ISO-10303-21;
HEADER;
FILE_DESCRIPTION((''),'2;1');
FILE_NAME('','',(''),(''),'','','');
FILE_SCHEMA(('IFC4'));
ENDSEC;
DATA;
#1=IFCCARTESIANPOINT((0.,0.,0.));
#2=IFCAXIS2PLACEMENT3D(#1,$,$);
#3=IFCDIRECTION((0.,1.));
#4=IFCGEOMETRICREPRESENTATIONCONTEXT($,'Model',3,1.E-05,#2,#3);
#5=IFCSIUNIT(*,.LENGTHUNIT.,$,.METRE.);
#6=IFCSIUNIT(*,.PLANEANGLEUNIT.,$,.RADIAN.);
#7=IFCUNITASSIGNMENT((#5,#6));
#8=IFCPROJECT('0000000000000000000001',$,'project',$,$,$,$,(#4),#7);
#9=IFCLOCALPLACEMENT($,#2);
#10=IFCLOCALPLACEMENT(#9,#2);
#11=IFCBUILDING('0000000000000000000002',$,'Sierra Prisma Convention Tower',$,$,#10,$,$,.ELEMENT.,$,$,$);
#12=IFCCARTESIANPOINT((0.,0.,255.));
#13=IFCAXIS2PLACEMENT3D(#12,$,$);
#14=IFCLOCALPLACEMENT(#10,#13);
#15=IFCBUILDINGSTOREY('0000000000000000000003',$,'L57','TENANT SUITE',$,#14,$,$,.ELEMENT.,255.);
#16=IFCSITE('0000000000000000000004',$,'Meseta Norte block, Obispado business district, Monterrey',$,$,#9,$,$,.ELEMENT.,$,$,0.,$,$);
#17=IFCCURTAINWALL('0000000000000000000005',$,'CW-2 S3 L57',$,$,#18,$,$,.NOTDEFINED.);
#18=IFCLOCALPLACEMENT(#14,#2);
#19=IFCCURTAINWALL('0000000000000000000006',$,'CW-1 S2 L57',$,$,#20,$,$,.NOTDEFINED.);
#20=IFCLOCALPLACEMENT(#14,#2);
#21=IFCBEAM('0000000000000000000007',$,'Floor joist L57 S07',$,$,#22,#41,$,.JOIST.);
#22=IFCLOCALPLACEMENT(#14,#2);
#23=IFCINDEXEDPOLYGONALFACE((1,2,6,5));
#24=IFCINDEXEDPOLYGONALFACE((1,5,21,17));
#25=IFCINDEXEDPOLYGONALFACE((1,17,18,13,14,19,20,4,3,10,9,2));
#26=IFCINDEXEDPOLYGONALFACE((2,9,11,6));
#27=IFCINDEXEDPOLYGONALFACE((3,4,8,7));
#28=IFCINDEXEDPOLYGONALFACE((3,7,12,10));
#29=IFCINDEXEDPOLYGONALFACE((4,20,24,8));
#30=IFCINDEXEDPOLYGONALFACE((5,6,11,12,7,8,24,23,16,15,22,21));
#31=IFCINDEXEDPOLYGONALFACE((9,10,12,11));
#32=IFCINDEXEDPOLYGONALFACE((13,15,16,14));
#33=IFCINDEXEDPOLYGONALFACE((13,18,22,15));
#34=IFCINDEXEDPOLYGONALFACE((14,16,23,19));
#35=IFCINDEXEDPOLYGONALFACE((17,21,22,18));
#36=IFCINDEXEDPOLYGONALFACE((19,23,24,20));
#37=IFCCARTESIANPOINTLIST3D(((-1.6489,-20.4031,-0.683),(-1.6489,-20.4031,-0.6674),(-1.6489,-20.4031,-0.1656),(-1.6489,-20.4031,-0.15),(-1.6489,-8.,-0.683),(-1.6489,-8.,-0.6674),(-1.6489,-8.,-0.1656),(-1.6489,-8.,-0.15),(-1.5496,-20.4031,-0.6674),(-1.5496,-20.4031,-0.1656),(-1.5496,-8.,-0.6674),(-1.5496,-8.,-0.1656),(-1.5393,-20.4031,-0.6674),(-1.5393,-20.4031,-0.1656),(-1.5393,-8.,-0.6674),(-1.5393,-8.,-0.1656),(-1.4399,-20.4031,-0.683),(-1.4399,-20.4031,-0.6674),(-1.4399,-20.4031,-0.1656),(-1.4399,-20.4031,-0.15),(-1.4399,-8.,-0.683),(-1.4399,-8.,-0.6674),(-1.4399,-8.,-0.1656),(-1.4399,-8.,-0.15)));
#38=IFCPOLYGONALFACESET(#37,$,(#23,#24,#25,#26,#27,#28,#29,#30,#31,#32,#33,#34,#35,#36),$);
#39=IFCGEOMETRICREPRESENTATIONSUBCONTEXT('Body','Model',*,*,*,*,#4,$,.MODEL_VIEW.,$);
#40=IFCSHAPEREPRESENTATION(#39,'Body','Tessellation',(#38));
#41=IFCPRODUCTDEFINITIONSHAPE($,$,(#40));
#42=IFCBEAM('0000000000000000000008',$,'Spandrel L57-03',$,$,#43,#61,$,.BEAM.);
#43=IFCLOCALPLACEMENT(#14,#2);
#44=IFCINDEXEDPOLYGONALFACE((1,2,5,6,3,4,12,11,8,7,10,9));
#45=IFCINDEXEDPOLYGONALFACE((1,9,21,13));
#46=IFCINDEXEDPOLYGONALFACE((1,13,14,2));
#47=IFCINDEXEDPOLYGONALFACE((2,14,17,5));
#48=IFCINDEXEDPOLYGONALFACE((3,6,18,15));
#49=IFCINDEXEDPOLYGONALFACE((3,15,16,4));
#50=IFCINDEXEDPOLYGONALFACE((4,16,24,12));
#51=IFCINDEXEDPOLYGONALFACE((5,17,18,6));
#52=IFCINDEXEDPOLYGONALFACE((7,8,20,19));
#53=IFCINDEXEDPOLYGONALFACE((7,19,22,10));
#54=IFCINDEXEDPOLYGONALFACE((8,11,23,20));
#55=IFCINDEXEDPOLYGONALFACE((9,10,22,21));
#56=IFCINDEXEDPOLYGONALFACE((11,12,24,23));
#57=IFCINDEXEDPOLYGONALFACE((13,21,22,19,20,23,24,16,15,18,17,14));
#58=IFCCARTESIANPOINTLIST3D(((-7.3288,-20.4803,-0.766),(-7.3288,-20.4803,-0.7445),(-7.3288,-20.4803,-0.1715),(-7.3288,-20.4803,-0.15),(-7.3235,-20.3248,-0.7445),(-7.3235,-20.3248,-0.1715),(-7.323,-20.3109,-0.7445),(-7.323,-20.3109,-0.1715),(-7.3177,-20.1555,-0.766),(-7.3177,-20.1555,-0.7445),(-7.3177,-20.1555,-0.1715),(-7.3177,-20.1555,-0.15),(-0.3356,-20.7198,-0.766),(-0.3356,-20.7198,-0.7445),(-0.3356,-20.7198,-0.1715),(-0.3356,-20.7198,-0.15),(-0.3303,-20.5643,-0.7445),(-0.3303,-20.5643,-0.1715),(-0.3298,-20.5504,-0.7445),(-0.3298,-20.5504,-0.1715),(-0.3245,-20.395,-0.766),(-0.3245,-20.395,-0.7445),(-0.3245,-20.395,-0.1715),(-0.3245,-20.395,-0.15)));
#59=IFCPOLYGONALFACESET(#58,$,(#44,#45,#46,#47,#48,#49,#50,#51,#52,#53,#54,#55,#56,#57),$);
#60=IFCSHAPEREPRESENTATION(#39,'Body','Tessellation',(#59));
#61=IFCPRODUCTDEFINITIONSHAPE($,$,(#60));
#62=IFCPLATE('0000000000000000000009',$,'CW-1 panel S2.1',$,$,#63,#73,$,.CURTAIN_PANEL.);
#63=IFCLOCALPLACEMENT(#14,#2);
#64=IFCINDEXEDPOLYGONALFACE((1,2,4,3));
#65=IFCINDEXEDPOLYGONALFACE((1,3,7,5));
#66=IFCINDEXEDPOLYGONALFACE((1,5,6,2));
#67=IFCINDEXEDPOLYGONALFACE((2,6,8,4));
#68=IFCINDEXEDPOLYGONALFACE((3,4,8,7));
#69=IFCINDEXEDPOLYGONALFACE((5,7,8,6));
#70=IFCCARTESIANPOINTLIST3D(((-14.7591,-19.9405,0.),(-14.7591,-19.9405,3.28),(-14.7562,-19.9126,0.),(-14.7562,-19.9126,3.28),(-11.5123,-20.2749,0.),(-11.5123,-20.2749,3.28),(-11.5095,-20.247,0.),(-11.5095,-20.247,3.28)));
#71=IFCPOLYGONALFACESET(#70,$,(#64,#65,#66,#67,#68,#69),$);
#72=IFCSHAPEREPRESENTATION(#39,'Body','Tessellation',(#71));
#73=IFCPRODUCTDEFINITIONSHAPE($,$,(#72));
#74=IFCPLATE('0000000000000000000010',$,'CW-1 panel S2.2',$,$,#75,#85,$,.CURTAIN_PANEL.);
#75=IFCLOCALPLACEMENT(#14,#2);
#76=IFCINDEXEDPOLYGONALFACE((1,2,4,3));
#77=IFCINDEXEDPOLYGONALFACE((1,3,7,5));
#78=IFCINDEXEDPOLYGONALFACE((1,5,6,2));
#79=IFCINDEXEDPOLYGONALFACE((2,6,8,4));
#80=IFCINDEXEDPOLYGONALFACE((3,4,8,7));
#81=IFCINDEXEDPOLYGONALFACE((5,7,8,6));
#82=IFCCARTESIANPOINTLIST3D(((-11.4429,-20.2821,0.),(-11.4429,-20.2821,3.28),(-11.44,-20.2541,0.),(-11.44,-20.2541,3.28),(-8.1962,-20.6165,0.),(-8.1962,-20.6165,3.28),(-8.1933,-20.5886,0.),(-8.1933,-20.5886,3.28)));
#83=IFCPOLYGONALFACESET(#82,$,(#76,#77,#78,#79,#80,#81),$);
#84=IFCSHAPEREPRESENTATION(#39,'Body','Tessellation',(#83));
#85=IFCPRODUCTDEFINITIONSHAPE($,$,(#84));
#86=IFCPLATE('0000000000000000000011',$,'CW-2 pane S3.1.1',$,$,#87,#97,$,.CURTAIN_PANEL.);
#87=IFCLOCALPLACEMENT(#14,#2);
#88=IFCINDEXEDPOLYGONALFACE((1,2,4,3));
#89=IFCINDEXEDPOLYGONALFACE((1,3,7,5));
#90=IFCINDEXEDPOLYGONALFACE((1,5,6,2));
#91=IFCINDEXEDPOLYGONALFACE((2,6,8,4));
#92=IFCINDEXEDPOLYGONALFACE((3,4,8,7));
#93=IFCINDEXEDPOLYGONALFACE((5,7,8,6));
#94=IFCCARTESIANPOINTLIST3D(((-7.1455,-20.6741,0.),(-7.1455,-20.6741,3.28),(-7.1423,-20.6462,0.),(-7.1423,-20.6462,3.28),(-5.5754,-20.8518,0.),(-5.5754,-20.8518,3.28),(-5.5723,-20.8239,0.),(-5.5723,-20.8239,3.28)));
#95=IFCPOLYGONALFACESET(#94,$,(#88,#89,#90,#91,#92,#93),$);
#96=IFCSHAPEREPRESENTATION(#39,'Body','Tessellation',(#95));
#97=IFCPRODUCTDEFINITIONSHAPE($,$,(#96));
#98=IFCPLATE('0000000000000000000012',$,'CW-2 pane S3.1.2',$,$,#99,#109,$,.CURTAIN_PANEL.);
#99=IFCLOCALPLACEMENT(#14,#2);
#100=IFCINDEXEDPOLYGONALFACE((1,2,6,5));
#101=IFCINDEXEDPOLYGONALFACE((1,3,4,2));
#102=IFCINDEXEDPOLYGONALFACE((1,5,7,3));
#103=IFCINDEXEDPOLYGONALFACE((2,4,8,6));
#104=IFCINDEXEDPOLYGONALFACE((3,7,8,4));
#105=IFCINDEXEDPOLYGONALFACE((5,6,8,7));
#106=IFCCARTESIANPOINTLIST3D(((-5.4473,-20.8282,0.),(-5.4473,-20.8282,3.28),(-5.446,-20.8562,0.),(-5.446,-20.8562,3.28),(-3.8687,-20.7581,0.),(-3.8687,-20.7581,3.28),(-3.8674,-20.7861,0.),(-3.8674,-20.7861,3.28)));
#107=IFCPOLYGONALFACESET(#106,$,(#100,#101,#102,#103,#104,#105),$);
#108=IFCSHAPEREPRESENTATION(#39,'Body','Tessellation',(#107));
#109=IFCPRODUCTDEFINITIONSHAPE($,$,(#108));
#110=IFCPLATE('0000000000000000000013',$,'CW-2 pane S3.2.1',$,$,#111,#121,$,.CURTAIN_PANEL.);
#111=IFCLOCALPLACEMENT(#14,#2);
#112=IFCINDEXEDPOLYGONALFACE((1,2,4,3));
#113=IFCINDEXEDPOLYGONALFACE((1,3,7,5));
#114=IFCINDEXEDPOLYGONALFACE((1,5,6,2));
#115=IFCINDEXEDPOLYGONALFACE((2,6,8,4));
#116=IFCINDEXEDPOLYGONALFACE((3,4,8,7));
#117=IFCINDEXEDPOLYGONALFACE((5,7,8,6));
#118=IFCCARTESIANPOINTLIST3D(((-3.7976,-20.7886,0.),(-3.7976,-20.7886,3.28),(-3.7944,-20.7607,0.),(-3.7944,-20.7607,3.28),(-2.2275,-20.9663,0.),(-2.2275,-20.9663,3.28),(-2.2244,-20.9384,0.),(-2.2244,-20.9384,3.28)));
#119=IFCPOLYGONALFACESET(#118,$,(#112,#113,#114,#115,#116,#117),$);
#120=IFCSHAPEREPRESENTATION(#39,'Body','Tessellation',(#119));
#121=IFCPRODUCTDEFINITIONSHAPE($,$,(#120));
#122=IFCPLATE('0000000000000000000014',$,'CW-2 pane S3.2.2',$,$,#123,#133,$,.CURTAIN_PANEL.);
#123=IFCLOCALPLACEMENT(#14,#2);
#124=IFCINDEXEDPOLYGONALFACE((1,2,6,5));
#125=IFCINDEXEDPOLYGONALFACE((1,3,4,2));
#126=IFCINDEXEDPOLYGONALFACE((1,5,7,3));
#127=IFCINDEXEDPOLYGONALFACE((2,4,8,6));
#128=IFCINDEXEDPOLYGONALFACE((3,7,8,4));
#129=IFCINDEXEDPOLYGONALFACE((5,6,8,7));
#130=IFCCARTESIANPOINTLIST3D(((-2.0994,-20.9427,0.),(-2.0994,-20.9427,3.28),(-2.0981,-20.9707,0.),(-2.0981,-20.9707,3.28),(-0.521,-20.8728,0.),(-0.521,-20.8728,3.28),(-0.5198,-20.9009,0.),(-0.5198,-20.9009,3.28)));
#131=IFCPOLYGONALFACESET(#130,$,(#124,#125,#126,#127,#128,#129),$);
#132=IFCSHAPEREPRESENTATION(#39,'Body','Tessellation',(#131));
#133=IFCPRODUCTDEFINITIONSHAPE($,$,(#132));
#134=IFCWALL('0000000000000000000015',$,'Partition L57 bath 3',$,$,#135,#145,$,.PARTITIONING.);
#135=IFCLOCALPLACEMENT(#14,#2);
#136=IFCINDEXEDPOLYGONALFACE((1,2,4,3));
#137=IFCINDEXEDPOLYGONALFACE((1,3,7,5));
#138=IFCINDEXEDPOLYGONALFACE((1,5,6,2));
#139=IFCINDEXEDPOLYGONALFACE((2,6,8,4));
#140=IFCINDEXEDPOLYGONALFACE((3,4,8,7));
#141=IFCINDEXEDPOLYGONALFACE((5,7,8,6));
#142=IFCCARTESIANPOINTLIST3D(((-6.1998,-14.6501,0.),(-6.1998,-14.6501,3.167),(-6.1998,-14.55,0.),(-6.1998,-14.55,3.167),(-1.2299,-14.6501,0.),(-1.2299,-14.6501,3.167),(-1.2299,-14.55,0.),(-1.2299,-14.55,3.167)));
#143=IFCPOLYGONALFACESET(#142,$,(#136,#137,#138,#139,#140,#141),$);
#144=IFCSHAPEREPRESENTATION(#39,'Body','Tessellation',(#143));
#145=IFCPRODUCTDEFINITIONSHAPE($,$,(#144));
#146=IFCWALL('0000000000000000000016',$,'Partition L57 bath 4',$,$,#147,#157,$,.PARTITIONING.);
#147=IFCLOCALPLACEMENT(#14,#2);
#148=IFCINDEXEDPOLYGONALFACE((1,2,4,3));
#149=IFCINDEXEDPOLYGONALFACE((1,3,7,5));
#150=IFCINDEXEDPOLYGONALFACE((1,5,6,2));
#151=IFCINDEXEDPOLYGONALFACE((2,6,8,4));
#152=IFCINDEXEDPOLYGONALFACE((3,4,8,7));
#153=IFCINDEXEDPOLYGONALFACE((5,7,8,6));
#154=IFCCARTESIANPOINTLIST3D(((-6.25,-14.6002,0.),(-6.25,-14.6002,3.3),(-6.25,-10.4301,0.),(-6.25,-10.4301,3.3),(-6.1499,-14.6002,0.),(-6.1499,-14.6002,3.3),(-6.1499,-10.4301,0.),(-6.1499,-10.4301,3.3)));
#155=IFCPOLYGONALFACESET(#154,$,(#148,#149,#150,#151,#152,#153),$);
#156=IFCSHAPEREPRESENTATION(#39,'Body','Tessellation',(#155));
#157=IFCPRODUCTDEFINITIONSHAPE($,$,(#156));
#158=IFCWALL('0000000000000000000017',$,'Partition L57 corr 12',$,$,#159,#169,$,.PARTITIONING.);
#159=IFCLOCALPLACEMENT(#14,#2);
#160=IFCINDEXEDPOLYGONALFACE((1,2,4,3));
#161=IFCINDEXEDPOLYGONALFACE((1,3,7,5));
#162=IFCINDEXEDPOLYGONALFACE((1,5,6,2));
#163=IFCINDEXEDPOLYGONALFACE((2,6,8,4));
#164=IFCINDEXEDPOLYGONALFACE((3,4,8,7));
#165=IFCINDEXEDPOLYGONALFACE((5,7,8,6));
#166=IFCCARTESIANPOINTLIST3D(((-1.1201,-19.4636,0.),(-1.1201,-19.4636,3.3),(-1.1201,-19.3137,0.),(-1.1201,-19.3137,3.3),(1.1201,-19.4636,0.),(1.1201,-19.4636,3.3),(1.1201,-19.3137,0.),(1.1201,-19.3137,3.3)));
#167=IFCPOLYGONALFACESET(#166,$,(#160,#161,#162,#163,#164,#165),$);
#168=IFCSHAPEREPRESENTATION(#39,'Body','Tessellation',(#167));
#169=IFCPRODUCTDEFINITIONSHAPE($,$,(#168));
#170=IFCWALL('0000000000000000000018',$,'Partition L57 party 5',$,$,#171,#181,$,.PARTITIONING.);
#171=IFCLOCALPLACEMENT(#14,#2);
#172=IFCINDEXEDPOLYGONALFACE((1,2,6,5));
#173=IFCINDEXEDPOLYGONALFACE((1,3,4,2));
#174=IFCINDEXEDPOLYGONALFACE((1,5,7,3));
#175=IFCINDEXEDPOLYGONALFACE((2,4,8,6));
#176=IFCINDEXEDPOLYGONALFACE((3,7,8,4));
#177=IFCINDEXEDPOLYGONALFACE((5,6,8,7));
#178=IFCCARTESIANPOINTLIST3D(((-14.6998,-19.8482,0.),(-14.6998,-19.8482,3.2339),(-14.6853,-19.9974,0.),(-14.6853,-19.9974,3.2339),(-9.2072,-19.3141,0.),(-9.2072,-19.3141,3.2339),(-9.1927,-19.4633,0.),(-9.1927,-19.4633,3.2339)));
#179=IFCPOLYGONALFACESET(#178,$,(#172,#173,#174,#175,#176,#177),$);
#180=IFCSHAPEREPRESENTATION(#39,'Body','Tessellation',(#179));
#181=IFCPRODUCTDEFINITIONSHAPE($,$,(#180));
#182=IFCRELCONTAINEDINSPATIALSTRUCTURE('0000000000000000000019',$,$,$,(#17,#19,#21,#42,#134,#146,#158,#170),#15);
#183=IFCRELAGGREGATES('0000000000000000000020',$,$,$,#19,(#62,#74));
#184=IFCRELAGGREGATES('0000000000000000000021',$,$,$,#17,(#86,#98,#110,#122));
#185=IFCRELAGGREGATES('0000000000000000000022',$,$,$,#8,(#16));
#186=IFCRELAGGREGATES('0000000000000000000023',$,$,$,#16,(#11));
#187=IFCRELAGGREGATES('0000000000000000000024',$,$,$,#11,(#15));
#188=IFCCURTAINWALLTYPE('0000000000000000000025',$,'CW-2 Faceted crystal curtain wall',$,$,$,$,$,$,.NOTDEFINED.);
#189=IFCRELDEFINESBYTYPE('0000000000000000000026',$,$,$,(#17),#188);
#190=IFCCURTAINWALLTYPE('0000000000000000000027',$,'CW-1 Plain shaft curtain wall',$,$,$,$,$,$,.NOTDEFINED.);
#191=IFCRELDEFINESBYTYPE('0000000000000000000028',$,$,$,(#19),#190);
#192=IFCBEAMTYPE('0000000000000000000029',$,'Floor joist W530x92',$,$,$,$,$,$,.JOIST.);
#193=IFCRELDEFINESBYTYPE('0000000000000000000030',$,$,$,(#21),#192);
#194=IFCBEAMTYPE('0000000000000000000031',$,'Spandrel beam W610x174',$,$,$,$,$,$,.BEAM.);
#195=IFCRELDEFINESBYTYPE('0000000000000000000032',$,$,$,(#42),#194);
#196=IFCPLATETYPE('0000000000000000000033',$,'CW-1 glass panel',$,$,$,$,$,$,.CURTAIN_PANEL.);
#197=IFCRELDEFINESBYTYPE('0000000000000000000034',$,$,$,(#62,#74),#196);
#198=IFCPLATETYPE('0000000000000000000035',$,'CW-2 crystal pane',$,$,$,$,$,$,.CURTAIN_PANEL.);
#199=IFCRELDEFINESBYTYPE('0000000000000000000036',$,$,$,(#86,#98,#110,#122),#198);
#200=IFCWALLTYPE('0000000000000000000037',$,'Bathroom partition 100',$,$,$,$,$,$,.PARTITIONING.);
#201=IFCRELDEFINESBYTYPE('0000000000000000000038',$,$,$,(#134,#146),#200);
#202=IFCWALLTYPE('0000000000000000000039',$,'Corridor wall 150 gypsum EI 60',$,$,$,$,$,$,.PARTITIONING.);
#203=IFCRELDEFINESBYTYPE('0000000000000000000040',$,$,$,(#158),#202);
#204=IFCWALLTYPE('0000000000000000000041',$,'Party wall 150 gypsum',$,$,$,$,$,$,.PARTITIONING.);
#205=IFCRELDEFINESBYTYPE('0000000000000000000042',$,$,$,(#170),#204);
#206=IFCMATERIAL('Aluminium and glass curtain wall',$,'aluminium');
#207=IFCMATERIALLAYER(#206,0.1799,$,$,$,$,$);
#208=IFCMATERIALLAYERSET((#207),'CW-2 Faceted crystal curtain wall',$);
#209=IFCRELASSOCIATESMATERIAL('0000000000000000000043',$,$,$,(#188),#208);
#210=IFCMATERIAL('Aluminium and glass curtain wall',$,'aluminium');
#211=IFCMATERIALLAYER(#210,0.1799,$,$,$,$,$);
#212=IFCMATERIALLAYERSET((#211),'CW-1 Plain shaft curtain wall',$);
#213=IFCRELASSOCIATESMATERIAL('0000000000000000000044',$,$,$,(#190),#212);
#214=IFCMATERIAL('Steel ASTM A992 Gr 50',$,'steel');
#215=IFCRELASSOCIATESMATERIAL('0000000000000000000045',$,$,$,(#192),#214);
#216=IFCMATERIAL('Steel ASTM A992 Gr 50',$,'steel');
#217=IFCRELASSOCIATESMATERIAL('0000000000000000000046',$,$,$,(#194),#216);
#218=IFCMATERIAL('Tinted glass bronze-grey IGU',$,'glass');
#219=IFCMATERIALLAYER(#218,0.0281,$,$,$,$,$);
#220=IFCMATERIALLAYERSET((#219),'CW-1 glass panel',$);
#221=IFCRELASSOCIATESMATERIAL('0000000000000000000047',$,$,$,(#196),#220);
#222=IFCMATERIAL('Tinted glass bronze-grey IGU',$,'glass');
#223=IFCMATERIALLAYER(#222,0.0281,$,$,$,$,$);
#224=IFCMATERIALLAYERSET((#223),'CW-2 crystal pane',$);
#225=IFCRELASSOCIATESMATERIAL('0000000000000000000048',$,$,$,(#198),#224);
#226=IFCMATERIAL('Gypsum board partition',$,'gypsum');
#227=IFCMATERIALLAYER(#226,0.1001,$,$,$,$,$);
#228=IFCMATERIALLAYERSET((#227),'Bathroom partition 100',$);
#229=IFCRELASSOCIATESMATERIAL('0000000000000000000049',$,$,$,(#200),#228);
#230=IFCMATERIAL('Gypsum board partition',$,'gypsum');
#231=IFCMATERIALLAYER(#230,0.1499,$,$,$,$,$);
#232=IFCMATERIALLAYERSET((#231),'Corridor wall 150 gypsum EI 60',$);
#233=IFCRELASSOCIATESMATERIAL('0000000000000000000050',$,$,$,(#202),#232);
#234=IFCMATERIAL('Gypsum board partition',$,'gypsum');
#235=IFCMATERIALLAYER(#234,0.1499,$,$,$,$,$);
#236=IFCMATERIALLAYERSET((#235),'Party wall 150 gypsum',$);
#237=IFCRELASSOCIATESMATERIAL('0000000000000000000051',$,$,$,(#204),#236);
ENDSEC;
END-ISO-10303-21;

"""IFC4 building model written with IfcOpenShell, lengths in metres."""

from ifc_helpers import new_model, si_unit, direction, frame, frame_2d, origin, origin_2d, place, context, subcontext, project, spatial, polyline, rectangle, i_section, outline, extrude, material, layer, layer_set, material_profile, profile_set, type_object, element, aggregate, save


model = new_model("IFC4")

# Units and contexts
model_context = context("Model", 3, precision=1e-05, world=origin(), true_north=direction((0.0, 1.0)))
body_context = subcontext(model_context, "Body", "Model", "MODEL_VIEW")
ifc_project = project(units=[si_unit("LENGTHUNIT", "METRE"), si_unit("PLANEANGLEUNIT", "RADIAN")], contexts=[model_context])

# Site, building, storey
site_placement = place(None, origin())
site = spatial("IfcSite", under=ifc_project, at=site_placement, Name="Meseta Norte block, Obispado business district, Monterrey", CompositionType="ELEMENT", RefElevation=0.0)
building_placement = place(site_placement, origin())
building = spatial("IfcBuilding", under=site, at=building_placement, Name="Sierra Prisma Convention Tower", CompositionType="ELEMENT")
storey_placement = place(building_placement, frame((0.0, 0.0, 255.0)))
storey = spatial("IfcBuildingStorey", under=building, at=storey_placement, Name="L57", Description="TENANT SUITE", CompositionType="ELEMENT", Elevation=255.0)

# Curtain wall
ifc_material_1 = material(Name="Aluminium and glass curtain wall", Category="aluminium")
ifc_layer_1 = layer(ifc_material_1, 0.1799)
ifc_layer_set_1 = layer_set([ifc_layer_1], Name="CW-2 Faceted crystal curtain wall")
curtain_wall_type_1 = type_object("IfcCurtainWallType", Name="CW-2 Faceted crystal curtain wall", PredefinedType="NOTDEFINED", material=ifc_layer_set_1)
curtain_wall_1_placement = place(storey_placement, origin())
curtain_wall_1 = element("IfcCurtainWall", 1, at=curtain_wall_1_placement, inside=storey, type_object=curtain_wall_type_1, Name="CW-2 S3 L57", PredefinedType="NOTDEFINED")

# Curtain wall
ifc_material_2 = material(Name="Aluminium and glass curtain wall", Category="aluminium")
ifc_layer_2 = layer(ifc_material_2, 0.1799)
ifc_layer_set_2 = layer_set([ifc_layer_2], Name="CW-1 Plain shaft curtain wall")
curtain_wall_type_2 = type_object("IfcCurtainWallType", Name="CW-1 Plain shaft curtain wall", PredefinedType="NOTDEFINED", material=ifc_layer_set_2)
curtain_wall_2_placement = place(storey_placement, origin())
curtain_wall_2 = element("IfcCurtainWall", 2, at=curtain_wall_2_placement, inside=storey, type_object=curtain_wall_type_2, Name="CW-1 S2 L57", PredefinedType="NOTDEFINED")

# Beams
ifc_material_3 = material(Name="Steel ASTM A992 Gr 50", Category="steel")
ifc_material_profile_1 = material_profile(ifc_material_3, i_section(OverallWidth=0.209, OverallDepth=0.533, WebThickness=0.0103, FlangeThickness=0.0156, at=origin_2d()), Name="W530x92")
ifc_profile_set_1 = profile_set([ifc_material_profile_1], Name="Steel ASTM A992 Gr 50")
beam_type_1 = type_object("IfcBeamType", Name="Floor joist W530x92", PredefinedType="JOIST", material=ifc_profile_set_1)
beam_1_placement = place(storey_placement, frame((-1.5444, -20.4031, -0.4165), z_axis=(0.0, 1.0, 0.0), x_axis=(-1.0, 0.0, 0.0)))
element("IfcBeam", 3, at=beam_1_placement, inside=storey, type_object=beam_type_1, Name="Floor joist L57 S07", PredefinedType="JOIST", context=body_context, shape_type="SweptSolid", body=[
    extrude(i_section(OverallWidth=0.209, OverallDepth=0.533, WebThickness=0.0103, FlangeThickness=0.0156, at=origin_2d()), origin(), (0.0, 0.0, 1.0), 12.4031),
])
ifc_material_4 = material(Name="Steel ASTM A992 Gr 50", Category="steel")
ifc_material_profile_2 = material_profile(ifc_material_4, i_section(OverallWidth=0.325, OverallDepth=0.616, WebThickness=0.0139, FlangeThickness=0.0215, at=origin_2d()), Name="W610x174")
ifc_profile_set_2 = profile_set([ifc_material_profile_2], Name="Steel ASTM A992 Gr 50")
beam_type_2 = type_object("IfcBeamType", Name="Spandrel beam W610x174", PredefinedType="BEAM", material=ifc_profile_set_2)
beam_2_placement = place(storey_placement, frame((-7.3232, -20.3179, -0.458), z_axis=(0.999414, -0.034228, 0.0), x_axis=(0.034228, 0.999414, 0.0)))
element("IfcBeam", 4, at=beam_2_placement, inside=storey, type_object=beam_type_2, Name="Spandrel L57-03", PredefinedType="BEAM", context=body_context, shape_type="SweptSolid", body=[
    extrude(i_section(OverallWidth=0.325, OverallDepth=0.616, WebThickness=0.0139, FlangeThickness=0.0215, at=origin_2d()), origin(), (0.0, 0.0, 1.0), 6.9973),
])

# Plates
ifc_material_5 = material(Name="Tinted glass bronze-grey IGU", Category="glass")
ifc_layer_3 = layer(ifc_material_5, 0.0281)
ifc_layer_set_3 = layer_set([ifc_layer_3], Name="CW-1 glass panel")
plate_type_1 = type_object("IfcPlateType", Name="CW-1 glass panel", PredefinedType="CURTAIN_PANEL", material=ifc_layer_set_3)
plate_1_placement = place(storey_placement, frame((-13.1343, -20.0938, 0.0), z_axis=(0.0, 0.0, 1.0), x_axis=(0.994737, -0.102461, 0.0)))
plate_1 = element("IfcPlate", 5, at=plate_1_placement, type_object=plate_type_1, Name="CW-1 panel S2.1", PredefinedType="CURTAIN_PANEL", context=body_context, shape_type="SweptSolid", body=[
    extrude(rectangle(XDim=3.2639, YDim=0.0281, at=origin_2d()), origin(), (0.0, 0.0, 1.0), 3.28),
])
plate_2_placement = place(storey_placement, frame((-9.8181, -20.4353, 0.0), z_axis=(0.0, 0.0, 1.0), x_axis=(0.994737, -0.102461, 0.0)))
plate_2 = element("IfcPlate", 6, at=plate_2_placement, type_object=plate_type_1, Name="CW-1 panel S2.2", PredefinedType="CURTAIN_PANEL", context=body_context, shape_type="SweptSolid", body=[
    extrude(rectangle(XDim=3.2639, YDim=0.0281, at=origin_2d()), origin(), (0.0, 0.0, 1.0), 3.28),
])
aggregate(curtain_wall_2, [plate_1, plate_2])
ifc_material_6 = material(Name="Tinted glass bronze-grey IGU", Category="glass")
ifc_layer_4 = layer(ifc_material_6, 0.0281)
ifc_layer_set_4 = layer_set([ifc_layer_4], Name="CW-2 crystal pane")
plate_type_2 = type_object("IfcPlateType", Name="CW-2 crystal pane", PredefinedType="CURTAIN_PANEL", material=ifc_layer_set_4)
plate_3_placement = place(storey_placement, frame((-7.1455, -20.6741, 0.0), z_axis=(-0.112483, -0.993654, 0.0), x_axis=(0.993654, -0.112483, 0.0)))
plate_3 = element("IfcPlate", 7, at=plate_3_placement, type_object=plate_type_2, Name="CW-2 pane S3.1.1", PredefinedType="CURTAIN_PANEL", context=body_context, shape_type="SweptSolid", body=[
    extrude(outline(polyline([(0.0, 0.0), (1.5801, 0.0), (1.5801, 3.28), (0.0, 3.28), (0.0, 0.0)])), origin(), (0.0, 0.0, -1.0), 0.0281),
])
plate_4_placement = place(storey_placement, frame((-3.8674, -20.7861, 0.0), z_axis=(0.044342, -0.999016, 0.0), x_axis=(-0.999016, -0.044342, 0.0)))
plate_4 = element("IfcPlate", 8, at=plate_4_placement, type_object=plate_type_2, Name="CW-2 pane S3.1.2", PredefinedType="CURTAIN_PANEL", context=body_context, shape_type="SweptSolid", body=[
    extrude(outline(polyline([(0.0, 0.0), (1.5802, 0.0), (1.5802, -3.28), (0.0, -3.28), (0.0, 0.0)])), origin(), (0.0, 0.0, -1.0), 0.0281),
])
plate_5_placement = place(storey_placement, frame((-3.7976, -20.7886, 0.0), z_axis=(-0.112483, -0.993654, 0.0), x_axis=(0.993654, -0.112483, 0.0)))
plate_5 = element("IfcPlate", 9, at=plate_5_placement, type_object=plate_type_2, Name="CW-2 pane S3.2.1", PredefinedType="CURTAIN_PANEL", context=body_context, shape_type="SweptSolid", body=[
    extrude(outline(polyline([(0.0, 0.0), (1.5801, 0.0), (1.5801, 3.28), (0.0, 3.28), (0.0, 0.0)])), origin(), (0.0, 0.0, -1.0), 0.0281),
])
plate_6_placement = place(storey_placement, frame((-0.5198, -20.9009, 0.0), z_axis=(0.044195, -0.999023, 0.0), x_axis=(-0.999023, -0.044195, 0.0)))
plate_6 = element("IfcPlate", 10, at=plate_6_placement, type_object=plate_type_2, Name="CW-2 pane S3.2.2", PredefinedType="CURTAIN_PANEL", context=body_context, shape_type="SweptSolid", body=[
    extrude(outline(polyline([(0.0, 0.0), (1.5799, 0.0), (1.5799, -3.28), (0.0, -3.28), (0.0, 0.0)])), origin(), (0.0, 0.0, -1.0), 0.0281),
])
aggregate(curtain_wall_1, [plate_3, plate_4, plate_5, plate_6])

# Walls
ifc_material_7 = material(Name="Gypsum board partition", Category="gypsum")
ifc_layer_5 = layer(ifc_material_7, 0.1001)
ifc_layer_set_5 = layer_set([ifc_layer_5], Name="Bathroom partition 100")
wall_type_1 = type_object("IfcWallType", Name="Bathroom partition 100", PredefinedType="PARTITIONING", material=ifc_layer_set_5)
wall_1_placement = place(storey_placement, frame((-1.23, -14.6001, 0.0), z_axis=(0.0, 0.0, 1.0), x_axis=(-1.0, 0.0, 0.0)))
element("IfcWall", 11, at=wall_1_placement, inside=storey, type_object=wall_type_1, Name="Partition L57 bath 3", PredefinedType="PARTITIONING", context=body_context, shape_type="SweptSolid", body=[
    extrude(rectangle(XDim=4.97, YDim=0.1001, at=frame_2d((2.4849, 0.0))), origin(), (0.0, 0.0, 1.0), 3.167),
])
wall_2_placement = place(storey_placement, frame((-6.2, -14.6001, 0.0), z_axis=(0.0, 0.0, 1.0), x_axis=(0.0, 1.0, 0.0)))
element("IfcWall", 12, at=wall_2_placement, inside=storey, type_object=wall_type_1, Name="Partition L57 bath 4", PredefinedType="PARTITIONING", context=body_context, shape_type="SweptSolid", body=[
    extrude(rectangle(XDim=4.1702, YDim=0.1001, at=frame_2d((2.085, 0.0))), origin(), (0.0, 0.0, 1.0), 3.3),
])
ifc_material_8 = material(Name="Gypsum board partition", Category="gypsum")
ifc_layer_6 = layer(ifc_material_8, 0.1499)
ifc_layer_set_6 = layer_set([ifc_layer_6], Name="Corridor wall 150 gypsum EI 60")
wall_type_2 = type_object("IfcWallType", Name="Corridor wall 150 gypsum EI 60", PredefinedType="PARTITIONING", material=ifc_layer_set_6)
wall_3_placement = place(storey_placement, frame((-1.1201, -19.3887, 0.0), z_axis=(0.0, 0.0, 1.0), x_axis=(1.0, 0.0, 0.0)))
element("IfcWall", 13, at=wall_3_placement, inside=storey, type_object=wall_type_2, Name="Partition L57 corr 12", PredefinedType="PARTITIONING", context=body_context, shape_type="SweptSolid", body=[
    extrude(rectangle(XDim=2.2402, YDim=0.1499, at=frame_2d((1.1201, 0.0))), origin(), (0.0, 0.0, 1.0), 3.3),
])
ifc_material_9 = material(Name="Gypsum board partition", Category="gypsum")
ifc_layer_7 = layer(ifc_material_9, 0.1499)
ifc_layer_set_7 = layer_set([ifc_layer_7], Name="Party wall 150 gypsum")
wall_type_3 = type_object("IfcWallType", Name="Party wall 150 gypsum", PredefinedType="PARTITIONING", material=ifc_layer_set_7)
wall_4_placement = place(storey_placement, frame((-9.2, -19.3887, 0.0), z_axis=(0.0, 0.0, 1.0), x_axis=(-0.995304, -0.096796, 0.0)))
element("IfcWall", 14, at=wall_4_placement, inside=storey, type_object=wall_type_3, Name="Partition L57 party 5", PredefinedType="PARTITIONING", context=body_context, shape_type="SweptSolid", body=[
    extrude(rectangle(XDim=5.5186, YDim=0.1499, at=frame_2d((2.7593, 0.0))), origin(), (0.0, 0.0, 1.0), 3.2339),
])

save(model, "model.ifc")
